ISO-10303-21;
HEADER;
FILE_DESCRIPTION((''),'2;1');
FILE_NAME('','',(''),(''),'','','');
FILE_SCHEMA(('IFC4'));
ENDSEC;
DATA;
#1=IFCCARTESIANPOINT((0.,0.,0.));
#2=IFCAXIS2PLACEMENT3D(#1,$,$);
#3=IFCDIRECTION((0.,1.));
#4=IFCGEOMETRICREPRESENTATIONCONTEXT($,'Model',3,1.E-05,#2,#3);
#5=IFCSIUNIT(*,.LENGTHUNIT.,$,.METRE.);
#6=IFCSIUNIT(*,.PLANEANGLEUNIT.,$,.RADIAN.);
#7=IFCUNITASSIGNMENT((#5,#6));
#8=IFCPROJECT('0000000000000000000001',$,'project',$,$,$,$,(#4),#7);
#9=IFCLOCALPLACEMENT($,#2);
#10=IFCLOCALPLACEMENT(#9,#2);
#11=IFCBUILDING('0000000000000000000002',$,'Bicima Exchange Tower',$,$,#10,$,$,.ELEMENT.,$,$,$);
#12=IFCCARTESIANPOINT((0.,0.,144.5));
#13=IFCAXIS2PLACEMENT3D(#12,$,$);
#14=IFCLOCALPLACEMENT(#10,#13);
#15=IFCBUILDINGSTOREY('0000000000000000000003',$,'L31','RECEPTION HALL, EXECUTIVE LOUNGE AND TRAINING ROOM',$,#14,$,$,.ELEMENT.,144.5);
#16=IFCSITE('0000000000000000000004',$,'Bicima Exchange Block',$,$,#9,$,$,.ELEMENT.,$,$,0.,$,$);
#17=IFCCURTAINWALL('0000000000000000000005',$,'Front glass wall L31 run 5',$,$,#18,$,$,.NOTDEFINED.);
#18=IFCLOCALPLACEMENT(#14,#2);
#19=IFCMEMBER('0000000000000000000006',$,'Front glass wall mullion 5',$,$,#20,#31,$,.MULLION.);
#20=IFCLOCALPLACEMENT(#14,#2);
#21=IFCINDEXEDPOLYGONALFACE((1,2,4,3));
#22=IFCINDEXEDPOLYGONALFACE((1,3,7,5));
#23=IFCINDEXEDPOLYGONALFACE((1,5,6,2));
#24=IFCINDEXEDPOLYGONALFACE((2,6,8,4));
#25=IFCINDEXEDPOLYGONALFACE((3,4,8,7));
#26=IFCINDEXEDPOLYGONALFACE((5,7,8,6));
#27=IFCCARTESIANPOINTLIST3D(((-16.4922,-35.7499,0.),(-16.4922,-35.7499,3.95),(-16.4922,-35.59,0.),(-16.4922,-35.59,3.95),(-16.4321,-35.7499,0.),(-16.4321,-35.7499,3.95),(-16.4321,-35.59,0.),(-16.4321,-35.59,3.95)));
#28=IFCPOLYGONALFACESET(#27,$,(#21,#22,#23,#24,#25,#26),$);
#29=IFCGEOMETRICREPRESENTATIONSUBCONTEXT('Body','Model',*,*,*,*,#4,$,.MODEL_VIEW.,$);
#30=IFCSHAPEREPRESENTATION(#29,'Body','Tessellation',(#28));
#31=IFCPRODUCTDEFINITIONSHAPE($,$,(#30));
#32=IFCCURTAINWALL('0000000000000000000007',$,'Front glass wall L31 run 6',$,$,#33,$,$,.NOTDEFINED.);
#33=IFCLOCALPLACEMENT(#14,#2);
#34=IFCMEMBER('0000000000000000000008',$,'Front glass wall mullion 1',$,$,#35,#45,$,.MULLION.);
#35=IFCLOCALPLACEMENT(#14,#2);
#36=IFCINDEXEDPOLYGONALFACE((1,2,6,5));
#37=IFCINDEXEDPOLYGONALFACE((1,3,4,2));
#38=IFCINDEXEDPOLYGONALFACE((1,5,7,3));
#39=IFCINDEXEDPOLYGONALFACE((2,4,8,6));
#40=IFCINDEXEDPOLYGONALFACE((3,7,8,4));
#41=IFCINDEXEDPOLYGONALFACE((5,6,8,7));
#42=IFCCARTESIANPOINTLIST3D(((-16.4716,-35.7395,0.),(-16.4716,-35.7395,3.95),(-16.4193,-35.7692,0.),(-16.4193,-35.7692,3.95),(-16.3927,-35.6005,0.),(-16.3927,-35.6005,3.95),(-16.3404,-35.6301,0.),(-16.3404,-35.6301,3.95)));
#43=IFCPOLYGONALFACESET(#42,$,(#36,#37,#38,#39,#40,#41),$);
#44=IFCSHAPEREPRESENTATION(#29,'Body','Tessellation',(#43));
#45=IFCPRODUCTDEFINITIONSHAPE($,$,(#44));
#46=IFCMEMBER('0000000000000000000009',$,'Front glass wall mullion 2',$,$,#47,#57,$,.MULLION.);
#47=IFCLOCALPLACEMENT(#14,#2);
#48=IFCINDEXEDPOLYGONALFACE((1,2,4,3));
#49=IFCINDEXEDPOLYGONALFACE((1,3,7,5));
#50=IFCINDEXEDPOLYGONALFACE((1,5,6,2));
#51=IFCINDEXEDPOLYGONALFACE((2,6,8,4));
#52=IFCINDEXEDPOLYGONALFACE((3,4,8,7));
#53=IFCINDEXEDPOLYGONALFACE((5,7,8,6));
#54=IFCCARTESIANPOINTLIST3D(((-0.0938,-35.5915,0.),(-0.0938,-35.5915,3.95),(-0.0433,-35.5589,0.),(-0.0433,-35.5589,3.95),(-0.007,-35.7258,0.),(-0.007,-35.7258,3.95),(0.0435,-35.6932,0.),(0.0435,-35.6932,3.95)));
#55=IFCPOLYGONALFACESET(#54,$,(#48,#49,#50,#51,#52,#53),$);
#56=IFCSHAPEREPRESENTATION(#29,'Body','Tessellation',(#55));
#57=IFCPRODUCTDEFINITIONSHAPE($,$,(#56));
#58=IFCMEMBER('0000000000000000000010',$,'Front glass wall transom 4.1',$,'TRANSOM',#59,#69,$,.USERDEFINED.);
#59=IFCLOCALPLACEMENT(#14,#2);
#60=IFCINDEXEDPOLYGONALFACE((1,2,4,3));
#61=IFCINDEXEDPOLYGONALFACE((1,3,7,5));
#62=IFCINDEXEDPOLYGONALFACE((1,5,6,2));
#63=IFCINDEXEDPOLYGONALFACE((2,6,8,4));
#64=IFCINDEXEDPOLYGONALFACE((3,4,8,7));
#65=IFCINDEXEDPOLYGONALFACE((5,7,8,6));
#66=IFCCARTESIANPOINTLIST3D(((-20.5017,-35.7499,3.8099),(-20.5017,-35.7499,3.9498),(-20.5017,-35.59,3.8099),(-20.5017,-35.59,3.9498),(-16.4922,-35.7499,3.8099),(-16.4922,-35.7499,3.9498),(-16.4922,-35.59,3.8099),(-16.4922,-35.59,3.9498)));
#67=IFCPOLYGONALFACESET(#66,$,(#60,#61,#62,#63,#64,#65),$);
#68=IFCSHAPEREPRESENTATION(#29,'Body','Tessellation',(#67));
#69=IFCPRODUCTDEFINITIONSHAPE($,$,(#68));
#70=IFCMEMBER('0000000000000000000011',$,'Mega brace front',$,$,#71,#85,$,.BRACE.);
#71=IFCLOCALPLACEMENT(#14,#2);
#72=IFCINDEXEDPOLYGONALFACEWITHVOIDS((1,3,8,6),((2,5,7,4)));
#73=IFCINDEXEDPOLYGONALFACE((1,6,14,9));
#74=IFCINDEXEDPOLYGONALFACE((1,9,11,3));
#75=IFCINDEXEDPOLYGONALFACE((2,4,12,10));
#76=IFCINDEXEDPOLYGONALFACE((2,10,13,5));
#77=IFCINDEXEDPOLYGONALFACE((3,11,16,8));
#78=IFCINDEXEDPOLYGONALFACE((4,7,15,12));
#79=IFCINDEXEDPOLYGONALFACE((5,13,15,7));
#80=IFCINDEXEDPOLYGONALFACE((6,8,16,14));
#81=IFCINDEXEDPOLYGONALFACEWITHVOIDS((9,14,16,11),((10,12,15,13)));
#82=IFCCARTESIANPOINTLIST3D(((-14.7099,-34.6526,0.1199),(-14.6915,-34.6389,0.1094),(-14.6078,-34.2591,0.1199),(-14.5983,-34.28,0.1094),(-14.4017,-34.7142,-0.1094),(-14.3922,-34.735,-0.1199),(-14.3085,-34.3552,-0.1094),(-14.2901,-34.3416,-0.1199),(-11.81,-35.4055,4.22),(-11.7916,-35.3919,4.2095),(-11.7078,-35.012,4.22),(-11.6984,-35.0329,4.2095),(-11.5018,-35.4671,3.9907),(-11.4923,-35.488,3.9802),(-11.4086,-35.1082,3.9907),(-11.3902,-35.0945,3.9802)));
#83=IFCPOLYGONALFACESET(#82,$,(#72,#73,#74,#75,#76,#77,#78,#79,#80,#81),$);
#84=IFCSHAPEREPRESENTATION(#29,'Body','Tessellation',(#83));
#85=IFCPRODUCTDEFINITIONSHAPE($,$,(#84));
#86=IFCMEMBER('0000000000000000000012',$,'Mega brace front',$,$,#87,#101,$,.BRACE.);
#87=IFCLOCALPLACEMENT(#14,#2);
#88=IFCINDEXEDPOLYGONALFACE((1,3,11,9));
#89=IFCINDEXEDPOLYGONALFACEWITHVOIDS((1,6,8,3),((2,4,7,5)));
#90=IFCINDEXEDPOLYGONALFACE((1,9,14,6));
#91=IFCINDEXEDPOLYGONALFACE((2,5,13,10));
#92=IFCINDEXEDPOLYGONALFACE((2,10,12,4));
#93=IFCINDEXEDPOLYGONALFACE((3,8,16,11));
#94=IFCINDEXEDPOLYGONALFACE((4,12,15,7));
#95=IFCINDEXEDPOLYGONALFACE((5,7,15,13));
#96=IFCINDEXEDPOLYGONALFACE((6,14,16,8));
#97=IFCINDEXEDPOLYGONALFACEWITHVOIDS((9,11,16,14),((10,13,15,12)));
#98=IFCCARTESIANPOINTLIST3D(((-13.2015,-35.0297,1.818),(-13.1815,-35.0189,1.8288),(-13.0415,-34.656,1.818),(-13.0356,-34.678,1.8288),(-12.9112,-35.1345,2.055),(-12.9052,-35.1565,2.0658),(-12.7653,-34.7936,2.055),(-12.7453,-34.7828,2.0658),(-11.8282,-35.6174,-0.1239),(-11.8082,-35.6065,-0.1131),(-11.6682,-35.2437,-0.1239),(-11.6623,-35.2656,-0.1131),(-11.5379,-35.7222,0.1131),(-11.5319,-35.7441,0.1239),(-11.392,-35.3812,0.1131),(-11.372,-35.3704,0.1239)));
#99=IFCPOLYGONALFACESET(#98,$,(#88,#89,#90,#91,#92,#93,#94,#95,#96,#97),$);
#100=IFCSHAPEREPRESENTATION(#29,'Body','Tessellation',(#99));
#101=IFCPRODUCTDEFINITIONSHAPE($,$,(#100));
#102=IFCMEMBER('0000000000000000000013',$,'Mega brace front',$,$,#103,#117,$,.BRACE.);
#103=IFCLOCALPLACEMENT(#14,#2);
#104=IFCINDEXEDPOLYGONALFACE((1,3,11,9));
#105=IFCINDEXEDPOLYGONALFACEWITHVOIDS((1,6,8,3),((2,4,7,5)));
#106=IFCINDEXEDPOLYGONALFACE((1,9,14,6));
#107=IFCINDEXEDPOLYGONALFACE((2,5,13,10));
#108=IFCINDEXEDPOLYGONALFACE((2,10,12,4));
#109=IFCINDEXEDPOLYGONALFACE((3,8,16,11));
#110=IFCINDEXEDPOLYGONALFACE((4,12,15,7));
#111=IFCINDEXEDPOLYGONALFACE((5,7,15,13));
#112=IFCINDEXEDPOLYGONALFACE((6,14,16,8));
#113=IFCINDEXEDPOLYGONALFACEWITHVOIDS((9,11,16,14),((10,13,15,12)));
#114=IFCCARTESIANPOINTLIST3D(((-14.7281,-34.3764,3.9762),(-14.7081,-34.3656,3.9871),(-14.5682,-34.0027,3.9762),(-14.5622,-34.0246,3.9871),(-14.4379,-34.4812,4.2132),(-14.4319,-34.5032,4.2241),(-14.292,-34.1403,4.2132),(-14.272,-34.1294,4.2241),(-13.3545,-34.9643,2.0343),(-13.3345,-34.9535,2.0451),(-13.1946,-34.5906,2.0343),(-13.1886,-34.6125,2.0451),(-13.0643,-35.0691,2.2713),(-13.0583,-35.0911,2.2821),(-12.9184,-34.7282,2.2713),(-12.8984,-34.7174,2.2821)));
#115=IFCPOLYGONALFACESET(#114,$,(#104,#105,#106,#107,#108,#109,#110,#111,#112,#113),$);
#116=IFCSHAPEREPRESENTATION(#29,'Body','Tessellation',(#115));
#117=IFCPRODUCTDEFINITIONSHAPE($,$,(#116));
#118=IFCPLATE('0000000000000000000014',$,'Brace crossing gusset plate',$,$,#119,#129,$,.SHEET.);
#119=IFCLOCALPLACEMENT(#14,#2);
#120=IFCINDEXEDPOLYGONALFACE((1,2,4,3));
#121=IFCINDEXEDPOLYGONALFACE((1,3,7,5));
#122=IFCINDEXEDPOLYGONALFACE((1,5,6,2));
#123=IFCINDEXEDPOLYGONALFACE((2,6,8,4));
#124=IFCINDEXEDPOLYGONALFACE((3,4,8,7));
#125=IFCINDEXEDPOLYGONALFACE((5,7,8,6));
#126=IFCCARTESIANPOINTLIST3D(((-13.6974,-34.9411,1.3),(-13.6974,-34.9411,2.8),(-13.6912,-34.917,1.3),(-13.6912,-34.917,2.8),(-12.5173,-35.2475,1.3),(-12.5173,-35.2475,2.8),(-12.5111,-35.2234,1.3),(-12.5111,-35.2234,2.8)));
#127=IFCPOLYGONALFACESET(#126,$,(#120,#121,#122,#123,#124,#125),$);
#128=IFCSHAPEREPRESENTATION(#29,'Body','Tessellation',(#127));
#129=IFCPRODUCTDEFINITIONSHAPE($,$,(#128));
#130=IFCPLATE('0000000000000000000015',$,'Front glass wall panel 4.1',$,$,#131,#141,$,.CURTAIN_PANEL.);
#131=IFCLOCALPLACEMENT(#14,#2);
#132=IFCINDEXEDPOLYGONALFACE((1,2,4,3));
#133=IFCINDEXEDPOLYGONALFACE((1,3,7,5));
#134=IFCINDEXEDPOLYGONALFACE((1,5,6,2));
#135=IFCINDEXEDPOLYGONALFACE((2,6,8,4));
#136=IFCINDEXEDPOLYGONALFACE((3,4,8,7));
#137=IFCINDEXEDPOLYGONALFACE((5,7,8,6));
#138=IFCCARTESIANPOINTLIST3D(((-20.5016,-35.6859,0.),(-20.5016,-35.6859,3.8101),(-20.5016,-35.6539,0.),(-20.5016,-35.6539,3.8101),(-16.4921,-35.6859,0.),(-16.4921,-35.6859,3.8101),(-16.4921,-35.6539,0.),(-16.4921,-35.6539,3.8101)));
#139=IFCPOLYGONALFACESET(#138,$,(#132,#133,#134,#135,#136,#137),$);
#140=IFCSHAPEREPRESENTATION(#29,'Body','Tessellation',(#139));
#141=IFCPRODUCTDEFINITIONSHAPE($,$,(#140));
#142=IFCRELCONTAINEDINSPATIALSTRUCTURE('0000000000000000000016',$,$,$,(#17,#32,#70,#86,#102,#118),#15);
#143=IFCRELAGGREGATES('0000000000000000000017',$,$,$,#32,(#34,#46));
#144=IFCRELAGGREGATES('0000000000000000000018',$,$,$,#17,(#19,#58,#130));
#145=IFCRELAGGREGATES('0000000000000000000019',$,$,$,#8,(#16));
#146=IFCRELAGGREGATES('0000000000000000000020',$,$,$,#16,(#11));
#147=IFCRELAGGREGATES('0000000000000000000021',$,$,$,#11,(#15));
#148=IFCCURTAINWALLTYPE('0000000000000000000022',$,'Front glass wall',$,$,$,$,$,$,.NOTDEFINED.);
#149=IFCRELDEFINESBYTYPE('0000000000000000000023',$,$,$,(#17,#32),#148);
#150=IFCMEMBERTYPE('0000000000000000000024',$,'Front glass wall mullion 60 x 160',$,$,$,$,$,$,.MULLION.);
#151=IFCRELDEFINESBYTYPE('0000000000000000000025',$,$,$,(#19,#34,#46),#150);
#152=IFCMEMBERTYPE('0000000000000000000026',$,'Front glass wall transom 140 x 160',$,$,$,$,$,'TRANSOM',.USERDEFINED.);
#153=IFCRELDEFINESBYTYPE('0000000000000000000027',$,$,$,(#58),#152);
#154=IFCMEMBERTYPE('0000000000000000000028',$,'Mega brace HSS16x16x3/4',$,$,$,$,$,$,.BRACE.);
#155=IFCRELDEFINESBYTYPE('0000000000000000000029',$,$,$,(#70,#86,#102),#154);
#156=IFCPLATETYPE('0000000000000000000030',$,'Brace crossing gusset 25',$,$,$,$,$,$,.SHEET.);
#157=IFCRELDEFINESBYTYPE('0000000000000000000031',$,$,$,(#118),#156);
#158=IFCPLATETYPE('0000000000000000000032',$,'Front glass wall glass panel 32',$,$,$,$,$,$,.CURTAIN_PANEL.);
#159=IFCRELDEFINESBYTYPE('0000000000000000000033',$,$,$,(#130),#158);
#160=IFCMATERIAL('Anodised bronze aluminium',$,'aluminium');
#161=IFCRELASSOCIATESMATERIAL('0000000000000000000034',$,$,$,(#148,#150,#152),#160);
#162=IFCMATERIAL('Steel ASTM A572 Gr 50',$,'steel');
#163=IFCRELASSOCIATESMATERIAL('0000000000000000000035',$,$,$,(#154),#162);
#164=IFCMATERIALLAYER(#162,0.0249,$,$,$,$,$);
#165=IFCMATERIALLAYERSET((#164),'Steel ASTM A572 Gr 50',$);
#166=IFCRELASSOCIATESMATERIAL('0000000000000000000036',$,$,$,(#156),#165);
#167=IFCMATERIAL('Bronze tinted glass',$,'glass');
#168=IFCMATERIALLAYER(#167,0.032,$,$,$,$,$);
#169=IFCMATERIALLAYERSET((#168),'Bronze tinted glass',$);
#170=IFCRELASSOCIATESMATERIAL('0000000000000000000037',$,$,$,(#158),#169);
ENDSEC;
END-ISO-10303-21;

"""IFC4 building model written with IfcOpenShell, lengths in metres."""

from ifc_helpers import new_model, si_unit, direction, frame, origin, origin_2d, place, context, subcontext, project, spatial, rectangle, hollow_rectangle, extrude, material, layer, layer_set, material_profile, profile_set, type_object, element, aggregate, save


model = new_model("IFC4")

# Units and contexts
model_context = context("Model", 3, precision=1e-05, world=origin(), true_north=direction((0.0, 1.0)))
body_context = subcontext(model_context, "Body", "Model", "MODEL_VIEW")
ifc_project = project(units=[si_unit("LENGTHUNIT", "METRE"), si_unit("PLANEANGLEUNIT", "RADIAN")], contexts=[model_context])

# Site, building, storey
site_placement = place(None, origin())
site = spatial("IfcSite", under=ifc_project, at=site_placement, Name="Bicima Exchange Block", CompositionType="ELEMENT", RefElevation=0.0)
building_placement = place(site_placement, origin())
building = spatial("IfcBuilding", under=site, at=building_placement, Name="Bicima Exchange Tower", CompositionType="ELEMENT")
storey_placement = place(building_placement, frame((0.0, 0.0, 144.5)))
storey = spatial("IfcBuildingStorey", under=building, at=storey_placement, Name="L31", Description="RECEPTION HALL, EXECUTIVE LOUNGE AND TRAINING ROOM", CompositionType="ELEMENT", Elevation=144.5)

# Curtain walls, members
ifc_material_1 = material(Name="Anodised bronze aluminium", Category="aluminium")
curtain_wall_type = type_object("IfcCurtainWallType", Name="Front glass wall", PredefinedType="NOTDEFINED", material=ifc_material_1)
curtain_wall_1_placement = place(storey_placement, origin())
curtain_wall_1 = element("IfcCurtainWall", 1, at=curtain_wall_1_placement, inside=storey, type_object=curtain_wall_type, Name="Front glass wall L31 run 5", PredefinedType="NOTDEFINED")
ifc_material_profile_1 = material_profile(ifc_material_1, rectangle(XDim=0.1599, YDim=0.0601, at=origin_2d()))
ifc_profile_set_1 = profile_set([ifc_material_profile_1], Name="Anodised bronze aluminium")
member_type_1 = type_object("IfcMemberType", Name="Front glass wall mullion 60 x 160", PredefinedType="MULLION", material=ifc_profile_set_1)
member_1_placement = place(storey_placement, frame((-16.4622, -35.6699, 0.0), z_axis=(0.0, 0.0, 1.0), x_axis=(0.0, 1.0, 0.0)))
member_1 = element("IfcMember", 2, at=member_1_placement, type_object=member_type_1, Name="Front glass wall mullion 5", PredefinedType="MULLION", context=body_context, shape_type="SweptSolid", body=[
    extrude(rectangle(XDim=0.1599, YDim=0.0601, at=origin_2d()), origin(), (0.0, 0.0, 1.0), 3.95),
])
curtain_wall_2_placement = place(storey_placement, origin())
curtain_wall_2 = element("IfcCurtainWall", 3, at=curtain_wall_2_placement, inside=storey, type_object=curtain_wall_type, Name="Front glass wall L31 run 6", PredefinedType="NOTDEFINED")
member_2_placement = place(storey_placement, frame((-16.406, -35.6848, 0.0), z_axis=(0.0, 0.0, 1.0), x_axis=(0.493395, 0.869805, 0.0)))
member_2 = element("IfcMember", 4, at=member_2_placement, type_object=member_type_1, Name="Front glass wall mullion 1", PredefinedType="MULLION", context=body_context, shape_type="SweptSolid", body=[
    extrude(rectangle(XDim=0.1599, YDim=0.0601, at=origin_2d()), origin(), (0.0, 0.0, 1.0), 3.95),
])
member_3_placement = place(storey_placement, frame((-0.0251, -35.6423, 0.0), z_axis=(0.0, 0.0, 1.0), x_axis=(-0.542897, 0.839799, 0.0)))
member_3 = element("IfcMember", 5, at=member_3_placement, type_object=member_type_1, Name="Front glass wall mullion 2", PredefinedType="MULLION", context=body_context, shape_type="SweptSolid", body=[
    extrude(rectangle(XDim=0.1599, YDim=0.0601, at=origin_2d()), origin(), (0.0, 0.0, 1.0), 3.95),
])
aggregate(curtain_wall_2, [member_2, member_3])

# Member
ifc_material_profile_2 = material_profile(ifc_material_1, rectangle(XDim=0.1599, YDim=0.1399, at=origin_2d()))
ifc_profile_set_2 = profile_set([ifc_material_profile_2], Name="Anodised bronze aluminium")
member_type_2 = type_object("IfcMemberType", Name="Front glass wall transom 140 x 160", ElementType="TRANSOM", PredefinedType="USERDEFINED", material=ifc_profile_set_2)
member_4_placement = place(storey_placement, frame((-20.5017, -35.6699, 3.8799), z_axis=(1.0, 0.0, 0.0), x_axis=(0.0, 1.0, 0.0)))
member_4 = element("IfcMember", 6, at=member_4_placement, type_object=member_type_2, Name="Front glass wall transom 4.1", ObjectType="TRANSOM", PredefinedType="USERDEFINED", context=body_context, shape_type="SweptSolid", body=[
    extrude(rectangle(XDim=0.1599, YDim=0.1399, at=origin_2d()), origin(), (0.0, 0.0, 1.0), 4.0095),
])

# Members
ifc_material_2 = material(Name="Steel ASTM A572 Gr 50", Category="steel")
ifc_material_profile_3 = material_profile(ifc_material_2, hollow_rectangle(XDim=0.4065, YDim=0.4065, WallThickness=0.0178, at=origin_2d()))
ifc_profile_set_3 = profile_set([ifc_material_profile_3], Name="Steel ASTM A572 Gr 50")
member_type_3 = type_object("IfcMemberType", Name="Mega brace HSS16x16x3/4", PredefinedType="BRACE", material=ifc_profile_set_3)
member_5_placement = place(storey_placement, frame((-14.5, -34.4971, 0.0), z_axis=(0.57106, -0.14827, 0.807407), x_axis=(0.251307, 0.967907, 0.0)))
element("IfcMember", 7, at=member_5_placement, inside=storey, type_object=member_type_3, Name="Mega brace front", PredefinedType="BRACE", context=body_context, shape_type="SweptSolid", body=[
    extrude(hollow_rectangle(XDim=0.4065, YDim=0.4065, WallThickness=0.0178, at=origin_2d()), origin(), (0.0, 0.0, 1.0), 5.0781),
])
member_6_placement = place(storey_placement, frame((-11.6001, -35.4939, 0.0), z_axis=(-0.56054, 0.239861, 0.792629), x_axis=(-0.393406, -0.919365, 0.0)))
element("IfcMember", 8, at=member_6_placement, inside=storey, type_object=member_type_3, Name="Mega brace front", PredefinedType="BRACE", context=body_context, shape_type="SweptSolid", body=[
    extrude(hollow_rectangle(XDim=0.4065, YDim=0.4065, WallThickness=0.0178, at=origin_2d()), origin(), (0.0, 0.0, 1.0), 2.45),
])
member_7_placement = place(storey_placement, frame((-13.1265, -34.8408, 2.1582), z_axis=(-0.560595, 0.239942, 0.792566), x_axis=(-0.393485, -0.919331, 0.0)))
element("IfcMember", 9, at=member_7_placement, inside=storey, type_object=member_type_3, Name="Mega brace front", PredefinedType="BRACE", context=body_context, shape_type="SweptSolid", body=[
    extrude(hollow_rectangle(XDim=0.4065, YDim=0.4065, WallThickness=0.0178, at=origin_2d()), origin(), (0.0, 0.0, 1.0), 2.4502),
])

# Plates
ifc_layer_1 = layer(ifc_material_2, 0.0249)
ifc_layer_set_1 = layer_set([ifc_layer_1], Name="Steel ASTM A572 Gr 50")
plate_type_1 = type_object("IfcPlateType", Name="Brace crossing gusset 25", PredefinedType="SHEET", material=ifc_layer_set_1)
plate_1_placement = place(storey_placement, frame((-13.1042, -35.0823, 1.3), z_axis=(0.0, 0.0, 1.0), x_axis=(0.967902, -0.25133, 0.0)))
element("IfcPlate", 10, at=plate_1_placement, inside=storey, type_object=plate_type_1, Name="Brace crossing gusset plate", PredefinedType="SHEET", context=body_context, shape_type="SweptSolid", body=[
    extrude(rectangle(XDim=1.2192, YDim=0.0249, at=origin_2d()), origin(), (0.0, 0.0, 1.0), 1.5),
])
ifc_material_3 = material(Name="Bronze tinted glass", Category="glass")
ifc_layer_2 = layer(ifc_material_3, 0.032)
ifc_layer_set_2 = layer_set([ifc_layer_2], Name="Bronze tinted glass")
plate_type_2 = type_object("IfcPlateType", Name="Front glass wall glass panel 32", PredefinedType="CURTAIN_PANEL", material=ifc_layer_set_2)
plate_2_placement = place(storey_placement, frame((-18.4968, -35.6699, 0.0), z_axis=(0.0, 0.0, 1.0), x_axis=(1.0, 0.0, 0.0)))
plate_2 = element("IfcPlate", 11, at=plate_2_placement, type_object=plate_type_2, Name="Front glass wall panel 4.1", PredefinedType="CURTAIN_PANEL", context=body_context, shape_type="SweptSolid", body=[
    extrude(rectangle(XDim=4.0095, YDim=0.032, at=origin_2d()), origin(), (0.0, 0.0, 1.0), 3.8101),
])
aggregate(curtain_wall_1, [member_1, member_4, plate_2])

save(model, "model.ifc")
